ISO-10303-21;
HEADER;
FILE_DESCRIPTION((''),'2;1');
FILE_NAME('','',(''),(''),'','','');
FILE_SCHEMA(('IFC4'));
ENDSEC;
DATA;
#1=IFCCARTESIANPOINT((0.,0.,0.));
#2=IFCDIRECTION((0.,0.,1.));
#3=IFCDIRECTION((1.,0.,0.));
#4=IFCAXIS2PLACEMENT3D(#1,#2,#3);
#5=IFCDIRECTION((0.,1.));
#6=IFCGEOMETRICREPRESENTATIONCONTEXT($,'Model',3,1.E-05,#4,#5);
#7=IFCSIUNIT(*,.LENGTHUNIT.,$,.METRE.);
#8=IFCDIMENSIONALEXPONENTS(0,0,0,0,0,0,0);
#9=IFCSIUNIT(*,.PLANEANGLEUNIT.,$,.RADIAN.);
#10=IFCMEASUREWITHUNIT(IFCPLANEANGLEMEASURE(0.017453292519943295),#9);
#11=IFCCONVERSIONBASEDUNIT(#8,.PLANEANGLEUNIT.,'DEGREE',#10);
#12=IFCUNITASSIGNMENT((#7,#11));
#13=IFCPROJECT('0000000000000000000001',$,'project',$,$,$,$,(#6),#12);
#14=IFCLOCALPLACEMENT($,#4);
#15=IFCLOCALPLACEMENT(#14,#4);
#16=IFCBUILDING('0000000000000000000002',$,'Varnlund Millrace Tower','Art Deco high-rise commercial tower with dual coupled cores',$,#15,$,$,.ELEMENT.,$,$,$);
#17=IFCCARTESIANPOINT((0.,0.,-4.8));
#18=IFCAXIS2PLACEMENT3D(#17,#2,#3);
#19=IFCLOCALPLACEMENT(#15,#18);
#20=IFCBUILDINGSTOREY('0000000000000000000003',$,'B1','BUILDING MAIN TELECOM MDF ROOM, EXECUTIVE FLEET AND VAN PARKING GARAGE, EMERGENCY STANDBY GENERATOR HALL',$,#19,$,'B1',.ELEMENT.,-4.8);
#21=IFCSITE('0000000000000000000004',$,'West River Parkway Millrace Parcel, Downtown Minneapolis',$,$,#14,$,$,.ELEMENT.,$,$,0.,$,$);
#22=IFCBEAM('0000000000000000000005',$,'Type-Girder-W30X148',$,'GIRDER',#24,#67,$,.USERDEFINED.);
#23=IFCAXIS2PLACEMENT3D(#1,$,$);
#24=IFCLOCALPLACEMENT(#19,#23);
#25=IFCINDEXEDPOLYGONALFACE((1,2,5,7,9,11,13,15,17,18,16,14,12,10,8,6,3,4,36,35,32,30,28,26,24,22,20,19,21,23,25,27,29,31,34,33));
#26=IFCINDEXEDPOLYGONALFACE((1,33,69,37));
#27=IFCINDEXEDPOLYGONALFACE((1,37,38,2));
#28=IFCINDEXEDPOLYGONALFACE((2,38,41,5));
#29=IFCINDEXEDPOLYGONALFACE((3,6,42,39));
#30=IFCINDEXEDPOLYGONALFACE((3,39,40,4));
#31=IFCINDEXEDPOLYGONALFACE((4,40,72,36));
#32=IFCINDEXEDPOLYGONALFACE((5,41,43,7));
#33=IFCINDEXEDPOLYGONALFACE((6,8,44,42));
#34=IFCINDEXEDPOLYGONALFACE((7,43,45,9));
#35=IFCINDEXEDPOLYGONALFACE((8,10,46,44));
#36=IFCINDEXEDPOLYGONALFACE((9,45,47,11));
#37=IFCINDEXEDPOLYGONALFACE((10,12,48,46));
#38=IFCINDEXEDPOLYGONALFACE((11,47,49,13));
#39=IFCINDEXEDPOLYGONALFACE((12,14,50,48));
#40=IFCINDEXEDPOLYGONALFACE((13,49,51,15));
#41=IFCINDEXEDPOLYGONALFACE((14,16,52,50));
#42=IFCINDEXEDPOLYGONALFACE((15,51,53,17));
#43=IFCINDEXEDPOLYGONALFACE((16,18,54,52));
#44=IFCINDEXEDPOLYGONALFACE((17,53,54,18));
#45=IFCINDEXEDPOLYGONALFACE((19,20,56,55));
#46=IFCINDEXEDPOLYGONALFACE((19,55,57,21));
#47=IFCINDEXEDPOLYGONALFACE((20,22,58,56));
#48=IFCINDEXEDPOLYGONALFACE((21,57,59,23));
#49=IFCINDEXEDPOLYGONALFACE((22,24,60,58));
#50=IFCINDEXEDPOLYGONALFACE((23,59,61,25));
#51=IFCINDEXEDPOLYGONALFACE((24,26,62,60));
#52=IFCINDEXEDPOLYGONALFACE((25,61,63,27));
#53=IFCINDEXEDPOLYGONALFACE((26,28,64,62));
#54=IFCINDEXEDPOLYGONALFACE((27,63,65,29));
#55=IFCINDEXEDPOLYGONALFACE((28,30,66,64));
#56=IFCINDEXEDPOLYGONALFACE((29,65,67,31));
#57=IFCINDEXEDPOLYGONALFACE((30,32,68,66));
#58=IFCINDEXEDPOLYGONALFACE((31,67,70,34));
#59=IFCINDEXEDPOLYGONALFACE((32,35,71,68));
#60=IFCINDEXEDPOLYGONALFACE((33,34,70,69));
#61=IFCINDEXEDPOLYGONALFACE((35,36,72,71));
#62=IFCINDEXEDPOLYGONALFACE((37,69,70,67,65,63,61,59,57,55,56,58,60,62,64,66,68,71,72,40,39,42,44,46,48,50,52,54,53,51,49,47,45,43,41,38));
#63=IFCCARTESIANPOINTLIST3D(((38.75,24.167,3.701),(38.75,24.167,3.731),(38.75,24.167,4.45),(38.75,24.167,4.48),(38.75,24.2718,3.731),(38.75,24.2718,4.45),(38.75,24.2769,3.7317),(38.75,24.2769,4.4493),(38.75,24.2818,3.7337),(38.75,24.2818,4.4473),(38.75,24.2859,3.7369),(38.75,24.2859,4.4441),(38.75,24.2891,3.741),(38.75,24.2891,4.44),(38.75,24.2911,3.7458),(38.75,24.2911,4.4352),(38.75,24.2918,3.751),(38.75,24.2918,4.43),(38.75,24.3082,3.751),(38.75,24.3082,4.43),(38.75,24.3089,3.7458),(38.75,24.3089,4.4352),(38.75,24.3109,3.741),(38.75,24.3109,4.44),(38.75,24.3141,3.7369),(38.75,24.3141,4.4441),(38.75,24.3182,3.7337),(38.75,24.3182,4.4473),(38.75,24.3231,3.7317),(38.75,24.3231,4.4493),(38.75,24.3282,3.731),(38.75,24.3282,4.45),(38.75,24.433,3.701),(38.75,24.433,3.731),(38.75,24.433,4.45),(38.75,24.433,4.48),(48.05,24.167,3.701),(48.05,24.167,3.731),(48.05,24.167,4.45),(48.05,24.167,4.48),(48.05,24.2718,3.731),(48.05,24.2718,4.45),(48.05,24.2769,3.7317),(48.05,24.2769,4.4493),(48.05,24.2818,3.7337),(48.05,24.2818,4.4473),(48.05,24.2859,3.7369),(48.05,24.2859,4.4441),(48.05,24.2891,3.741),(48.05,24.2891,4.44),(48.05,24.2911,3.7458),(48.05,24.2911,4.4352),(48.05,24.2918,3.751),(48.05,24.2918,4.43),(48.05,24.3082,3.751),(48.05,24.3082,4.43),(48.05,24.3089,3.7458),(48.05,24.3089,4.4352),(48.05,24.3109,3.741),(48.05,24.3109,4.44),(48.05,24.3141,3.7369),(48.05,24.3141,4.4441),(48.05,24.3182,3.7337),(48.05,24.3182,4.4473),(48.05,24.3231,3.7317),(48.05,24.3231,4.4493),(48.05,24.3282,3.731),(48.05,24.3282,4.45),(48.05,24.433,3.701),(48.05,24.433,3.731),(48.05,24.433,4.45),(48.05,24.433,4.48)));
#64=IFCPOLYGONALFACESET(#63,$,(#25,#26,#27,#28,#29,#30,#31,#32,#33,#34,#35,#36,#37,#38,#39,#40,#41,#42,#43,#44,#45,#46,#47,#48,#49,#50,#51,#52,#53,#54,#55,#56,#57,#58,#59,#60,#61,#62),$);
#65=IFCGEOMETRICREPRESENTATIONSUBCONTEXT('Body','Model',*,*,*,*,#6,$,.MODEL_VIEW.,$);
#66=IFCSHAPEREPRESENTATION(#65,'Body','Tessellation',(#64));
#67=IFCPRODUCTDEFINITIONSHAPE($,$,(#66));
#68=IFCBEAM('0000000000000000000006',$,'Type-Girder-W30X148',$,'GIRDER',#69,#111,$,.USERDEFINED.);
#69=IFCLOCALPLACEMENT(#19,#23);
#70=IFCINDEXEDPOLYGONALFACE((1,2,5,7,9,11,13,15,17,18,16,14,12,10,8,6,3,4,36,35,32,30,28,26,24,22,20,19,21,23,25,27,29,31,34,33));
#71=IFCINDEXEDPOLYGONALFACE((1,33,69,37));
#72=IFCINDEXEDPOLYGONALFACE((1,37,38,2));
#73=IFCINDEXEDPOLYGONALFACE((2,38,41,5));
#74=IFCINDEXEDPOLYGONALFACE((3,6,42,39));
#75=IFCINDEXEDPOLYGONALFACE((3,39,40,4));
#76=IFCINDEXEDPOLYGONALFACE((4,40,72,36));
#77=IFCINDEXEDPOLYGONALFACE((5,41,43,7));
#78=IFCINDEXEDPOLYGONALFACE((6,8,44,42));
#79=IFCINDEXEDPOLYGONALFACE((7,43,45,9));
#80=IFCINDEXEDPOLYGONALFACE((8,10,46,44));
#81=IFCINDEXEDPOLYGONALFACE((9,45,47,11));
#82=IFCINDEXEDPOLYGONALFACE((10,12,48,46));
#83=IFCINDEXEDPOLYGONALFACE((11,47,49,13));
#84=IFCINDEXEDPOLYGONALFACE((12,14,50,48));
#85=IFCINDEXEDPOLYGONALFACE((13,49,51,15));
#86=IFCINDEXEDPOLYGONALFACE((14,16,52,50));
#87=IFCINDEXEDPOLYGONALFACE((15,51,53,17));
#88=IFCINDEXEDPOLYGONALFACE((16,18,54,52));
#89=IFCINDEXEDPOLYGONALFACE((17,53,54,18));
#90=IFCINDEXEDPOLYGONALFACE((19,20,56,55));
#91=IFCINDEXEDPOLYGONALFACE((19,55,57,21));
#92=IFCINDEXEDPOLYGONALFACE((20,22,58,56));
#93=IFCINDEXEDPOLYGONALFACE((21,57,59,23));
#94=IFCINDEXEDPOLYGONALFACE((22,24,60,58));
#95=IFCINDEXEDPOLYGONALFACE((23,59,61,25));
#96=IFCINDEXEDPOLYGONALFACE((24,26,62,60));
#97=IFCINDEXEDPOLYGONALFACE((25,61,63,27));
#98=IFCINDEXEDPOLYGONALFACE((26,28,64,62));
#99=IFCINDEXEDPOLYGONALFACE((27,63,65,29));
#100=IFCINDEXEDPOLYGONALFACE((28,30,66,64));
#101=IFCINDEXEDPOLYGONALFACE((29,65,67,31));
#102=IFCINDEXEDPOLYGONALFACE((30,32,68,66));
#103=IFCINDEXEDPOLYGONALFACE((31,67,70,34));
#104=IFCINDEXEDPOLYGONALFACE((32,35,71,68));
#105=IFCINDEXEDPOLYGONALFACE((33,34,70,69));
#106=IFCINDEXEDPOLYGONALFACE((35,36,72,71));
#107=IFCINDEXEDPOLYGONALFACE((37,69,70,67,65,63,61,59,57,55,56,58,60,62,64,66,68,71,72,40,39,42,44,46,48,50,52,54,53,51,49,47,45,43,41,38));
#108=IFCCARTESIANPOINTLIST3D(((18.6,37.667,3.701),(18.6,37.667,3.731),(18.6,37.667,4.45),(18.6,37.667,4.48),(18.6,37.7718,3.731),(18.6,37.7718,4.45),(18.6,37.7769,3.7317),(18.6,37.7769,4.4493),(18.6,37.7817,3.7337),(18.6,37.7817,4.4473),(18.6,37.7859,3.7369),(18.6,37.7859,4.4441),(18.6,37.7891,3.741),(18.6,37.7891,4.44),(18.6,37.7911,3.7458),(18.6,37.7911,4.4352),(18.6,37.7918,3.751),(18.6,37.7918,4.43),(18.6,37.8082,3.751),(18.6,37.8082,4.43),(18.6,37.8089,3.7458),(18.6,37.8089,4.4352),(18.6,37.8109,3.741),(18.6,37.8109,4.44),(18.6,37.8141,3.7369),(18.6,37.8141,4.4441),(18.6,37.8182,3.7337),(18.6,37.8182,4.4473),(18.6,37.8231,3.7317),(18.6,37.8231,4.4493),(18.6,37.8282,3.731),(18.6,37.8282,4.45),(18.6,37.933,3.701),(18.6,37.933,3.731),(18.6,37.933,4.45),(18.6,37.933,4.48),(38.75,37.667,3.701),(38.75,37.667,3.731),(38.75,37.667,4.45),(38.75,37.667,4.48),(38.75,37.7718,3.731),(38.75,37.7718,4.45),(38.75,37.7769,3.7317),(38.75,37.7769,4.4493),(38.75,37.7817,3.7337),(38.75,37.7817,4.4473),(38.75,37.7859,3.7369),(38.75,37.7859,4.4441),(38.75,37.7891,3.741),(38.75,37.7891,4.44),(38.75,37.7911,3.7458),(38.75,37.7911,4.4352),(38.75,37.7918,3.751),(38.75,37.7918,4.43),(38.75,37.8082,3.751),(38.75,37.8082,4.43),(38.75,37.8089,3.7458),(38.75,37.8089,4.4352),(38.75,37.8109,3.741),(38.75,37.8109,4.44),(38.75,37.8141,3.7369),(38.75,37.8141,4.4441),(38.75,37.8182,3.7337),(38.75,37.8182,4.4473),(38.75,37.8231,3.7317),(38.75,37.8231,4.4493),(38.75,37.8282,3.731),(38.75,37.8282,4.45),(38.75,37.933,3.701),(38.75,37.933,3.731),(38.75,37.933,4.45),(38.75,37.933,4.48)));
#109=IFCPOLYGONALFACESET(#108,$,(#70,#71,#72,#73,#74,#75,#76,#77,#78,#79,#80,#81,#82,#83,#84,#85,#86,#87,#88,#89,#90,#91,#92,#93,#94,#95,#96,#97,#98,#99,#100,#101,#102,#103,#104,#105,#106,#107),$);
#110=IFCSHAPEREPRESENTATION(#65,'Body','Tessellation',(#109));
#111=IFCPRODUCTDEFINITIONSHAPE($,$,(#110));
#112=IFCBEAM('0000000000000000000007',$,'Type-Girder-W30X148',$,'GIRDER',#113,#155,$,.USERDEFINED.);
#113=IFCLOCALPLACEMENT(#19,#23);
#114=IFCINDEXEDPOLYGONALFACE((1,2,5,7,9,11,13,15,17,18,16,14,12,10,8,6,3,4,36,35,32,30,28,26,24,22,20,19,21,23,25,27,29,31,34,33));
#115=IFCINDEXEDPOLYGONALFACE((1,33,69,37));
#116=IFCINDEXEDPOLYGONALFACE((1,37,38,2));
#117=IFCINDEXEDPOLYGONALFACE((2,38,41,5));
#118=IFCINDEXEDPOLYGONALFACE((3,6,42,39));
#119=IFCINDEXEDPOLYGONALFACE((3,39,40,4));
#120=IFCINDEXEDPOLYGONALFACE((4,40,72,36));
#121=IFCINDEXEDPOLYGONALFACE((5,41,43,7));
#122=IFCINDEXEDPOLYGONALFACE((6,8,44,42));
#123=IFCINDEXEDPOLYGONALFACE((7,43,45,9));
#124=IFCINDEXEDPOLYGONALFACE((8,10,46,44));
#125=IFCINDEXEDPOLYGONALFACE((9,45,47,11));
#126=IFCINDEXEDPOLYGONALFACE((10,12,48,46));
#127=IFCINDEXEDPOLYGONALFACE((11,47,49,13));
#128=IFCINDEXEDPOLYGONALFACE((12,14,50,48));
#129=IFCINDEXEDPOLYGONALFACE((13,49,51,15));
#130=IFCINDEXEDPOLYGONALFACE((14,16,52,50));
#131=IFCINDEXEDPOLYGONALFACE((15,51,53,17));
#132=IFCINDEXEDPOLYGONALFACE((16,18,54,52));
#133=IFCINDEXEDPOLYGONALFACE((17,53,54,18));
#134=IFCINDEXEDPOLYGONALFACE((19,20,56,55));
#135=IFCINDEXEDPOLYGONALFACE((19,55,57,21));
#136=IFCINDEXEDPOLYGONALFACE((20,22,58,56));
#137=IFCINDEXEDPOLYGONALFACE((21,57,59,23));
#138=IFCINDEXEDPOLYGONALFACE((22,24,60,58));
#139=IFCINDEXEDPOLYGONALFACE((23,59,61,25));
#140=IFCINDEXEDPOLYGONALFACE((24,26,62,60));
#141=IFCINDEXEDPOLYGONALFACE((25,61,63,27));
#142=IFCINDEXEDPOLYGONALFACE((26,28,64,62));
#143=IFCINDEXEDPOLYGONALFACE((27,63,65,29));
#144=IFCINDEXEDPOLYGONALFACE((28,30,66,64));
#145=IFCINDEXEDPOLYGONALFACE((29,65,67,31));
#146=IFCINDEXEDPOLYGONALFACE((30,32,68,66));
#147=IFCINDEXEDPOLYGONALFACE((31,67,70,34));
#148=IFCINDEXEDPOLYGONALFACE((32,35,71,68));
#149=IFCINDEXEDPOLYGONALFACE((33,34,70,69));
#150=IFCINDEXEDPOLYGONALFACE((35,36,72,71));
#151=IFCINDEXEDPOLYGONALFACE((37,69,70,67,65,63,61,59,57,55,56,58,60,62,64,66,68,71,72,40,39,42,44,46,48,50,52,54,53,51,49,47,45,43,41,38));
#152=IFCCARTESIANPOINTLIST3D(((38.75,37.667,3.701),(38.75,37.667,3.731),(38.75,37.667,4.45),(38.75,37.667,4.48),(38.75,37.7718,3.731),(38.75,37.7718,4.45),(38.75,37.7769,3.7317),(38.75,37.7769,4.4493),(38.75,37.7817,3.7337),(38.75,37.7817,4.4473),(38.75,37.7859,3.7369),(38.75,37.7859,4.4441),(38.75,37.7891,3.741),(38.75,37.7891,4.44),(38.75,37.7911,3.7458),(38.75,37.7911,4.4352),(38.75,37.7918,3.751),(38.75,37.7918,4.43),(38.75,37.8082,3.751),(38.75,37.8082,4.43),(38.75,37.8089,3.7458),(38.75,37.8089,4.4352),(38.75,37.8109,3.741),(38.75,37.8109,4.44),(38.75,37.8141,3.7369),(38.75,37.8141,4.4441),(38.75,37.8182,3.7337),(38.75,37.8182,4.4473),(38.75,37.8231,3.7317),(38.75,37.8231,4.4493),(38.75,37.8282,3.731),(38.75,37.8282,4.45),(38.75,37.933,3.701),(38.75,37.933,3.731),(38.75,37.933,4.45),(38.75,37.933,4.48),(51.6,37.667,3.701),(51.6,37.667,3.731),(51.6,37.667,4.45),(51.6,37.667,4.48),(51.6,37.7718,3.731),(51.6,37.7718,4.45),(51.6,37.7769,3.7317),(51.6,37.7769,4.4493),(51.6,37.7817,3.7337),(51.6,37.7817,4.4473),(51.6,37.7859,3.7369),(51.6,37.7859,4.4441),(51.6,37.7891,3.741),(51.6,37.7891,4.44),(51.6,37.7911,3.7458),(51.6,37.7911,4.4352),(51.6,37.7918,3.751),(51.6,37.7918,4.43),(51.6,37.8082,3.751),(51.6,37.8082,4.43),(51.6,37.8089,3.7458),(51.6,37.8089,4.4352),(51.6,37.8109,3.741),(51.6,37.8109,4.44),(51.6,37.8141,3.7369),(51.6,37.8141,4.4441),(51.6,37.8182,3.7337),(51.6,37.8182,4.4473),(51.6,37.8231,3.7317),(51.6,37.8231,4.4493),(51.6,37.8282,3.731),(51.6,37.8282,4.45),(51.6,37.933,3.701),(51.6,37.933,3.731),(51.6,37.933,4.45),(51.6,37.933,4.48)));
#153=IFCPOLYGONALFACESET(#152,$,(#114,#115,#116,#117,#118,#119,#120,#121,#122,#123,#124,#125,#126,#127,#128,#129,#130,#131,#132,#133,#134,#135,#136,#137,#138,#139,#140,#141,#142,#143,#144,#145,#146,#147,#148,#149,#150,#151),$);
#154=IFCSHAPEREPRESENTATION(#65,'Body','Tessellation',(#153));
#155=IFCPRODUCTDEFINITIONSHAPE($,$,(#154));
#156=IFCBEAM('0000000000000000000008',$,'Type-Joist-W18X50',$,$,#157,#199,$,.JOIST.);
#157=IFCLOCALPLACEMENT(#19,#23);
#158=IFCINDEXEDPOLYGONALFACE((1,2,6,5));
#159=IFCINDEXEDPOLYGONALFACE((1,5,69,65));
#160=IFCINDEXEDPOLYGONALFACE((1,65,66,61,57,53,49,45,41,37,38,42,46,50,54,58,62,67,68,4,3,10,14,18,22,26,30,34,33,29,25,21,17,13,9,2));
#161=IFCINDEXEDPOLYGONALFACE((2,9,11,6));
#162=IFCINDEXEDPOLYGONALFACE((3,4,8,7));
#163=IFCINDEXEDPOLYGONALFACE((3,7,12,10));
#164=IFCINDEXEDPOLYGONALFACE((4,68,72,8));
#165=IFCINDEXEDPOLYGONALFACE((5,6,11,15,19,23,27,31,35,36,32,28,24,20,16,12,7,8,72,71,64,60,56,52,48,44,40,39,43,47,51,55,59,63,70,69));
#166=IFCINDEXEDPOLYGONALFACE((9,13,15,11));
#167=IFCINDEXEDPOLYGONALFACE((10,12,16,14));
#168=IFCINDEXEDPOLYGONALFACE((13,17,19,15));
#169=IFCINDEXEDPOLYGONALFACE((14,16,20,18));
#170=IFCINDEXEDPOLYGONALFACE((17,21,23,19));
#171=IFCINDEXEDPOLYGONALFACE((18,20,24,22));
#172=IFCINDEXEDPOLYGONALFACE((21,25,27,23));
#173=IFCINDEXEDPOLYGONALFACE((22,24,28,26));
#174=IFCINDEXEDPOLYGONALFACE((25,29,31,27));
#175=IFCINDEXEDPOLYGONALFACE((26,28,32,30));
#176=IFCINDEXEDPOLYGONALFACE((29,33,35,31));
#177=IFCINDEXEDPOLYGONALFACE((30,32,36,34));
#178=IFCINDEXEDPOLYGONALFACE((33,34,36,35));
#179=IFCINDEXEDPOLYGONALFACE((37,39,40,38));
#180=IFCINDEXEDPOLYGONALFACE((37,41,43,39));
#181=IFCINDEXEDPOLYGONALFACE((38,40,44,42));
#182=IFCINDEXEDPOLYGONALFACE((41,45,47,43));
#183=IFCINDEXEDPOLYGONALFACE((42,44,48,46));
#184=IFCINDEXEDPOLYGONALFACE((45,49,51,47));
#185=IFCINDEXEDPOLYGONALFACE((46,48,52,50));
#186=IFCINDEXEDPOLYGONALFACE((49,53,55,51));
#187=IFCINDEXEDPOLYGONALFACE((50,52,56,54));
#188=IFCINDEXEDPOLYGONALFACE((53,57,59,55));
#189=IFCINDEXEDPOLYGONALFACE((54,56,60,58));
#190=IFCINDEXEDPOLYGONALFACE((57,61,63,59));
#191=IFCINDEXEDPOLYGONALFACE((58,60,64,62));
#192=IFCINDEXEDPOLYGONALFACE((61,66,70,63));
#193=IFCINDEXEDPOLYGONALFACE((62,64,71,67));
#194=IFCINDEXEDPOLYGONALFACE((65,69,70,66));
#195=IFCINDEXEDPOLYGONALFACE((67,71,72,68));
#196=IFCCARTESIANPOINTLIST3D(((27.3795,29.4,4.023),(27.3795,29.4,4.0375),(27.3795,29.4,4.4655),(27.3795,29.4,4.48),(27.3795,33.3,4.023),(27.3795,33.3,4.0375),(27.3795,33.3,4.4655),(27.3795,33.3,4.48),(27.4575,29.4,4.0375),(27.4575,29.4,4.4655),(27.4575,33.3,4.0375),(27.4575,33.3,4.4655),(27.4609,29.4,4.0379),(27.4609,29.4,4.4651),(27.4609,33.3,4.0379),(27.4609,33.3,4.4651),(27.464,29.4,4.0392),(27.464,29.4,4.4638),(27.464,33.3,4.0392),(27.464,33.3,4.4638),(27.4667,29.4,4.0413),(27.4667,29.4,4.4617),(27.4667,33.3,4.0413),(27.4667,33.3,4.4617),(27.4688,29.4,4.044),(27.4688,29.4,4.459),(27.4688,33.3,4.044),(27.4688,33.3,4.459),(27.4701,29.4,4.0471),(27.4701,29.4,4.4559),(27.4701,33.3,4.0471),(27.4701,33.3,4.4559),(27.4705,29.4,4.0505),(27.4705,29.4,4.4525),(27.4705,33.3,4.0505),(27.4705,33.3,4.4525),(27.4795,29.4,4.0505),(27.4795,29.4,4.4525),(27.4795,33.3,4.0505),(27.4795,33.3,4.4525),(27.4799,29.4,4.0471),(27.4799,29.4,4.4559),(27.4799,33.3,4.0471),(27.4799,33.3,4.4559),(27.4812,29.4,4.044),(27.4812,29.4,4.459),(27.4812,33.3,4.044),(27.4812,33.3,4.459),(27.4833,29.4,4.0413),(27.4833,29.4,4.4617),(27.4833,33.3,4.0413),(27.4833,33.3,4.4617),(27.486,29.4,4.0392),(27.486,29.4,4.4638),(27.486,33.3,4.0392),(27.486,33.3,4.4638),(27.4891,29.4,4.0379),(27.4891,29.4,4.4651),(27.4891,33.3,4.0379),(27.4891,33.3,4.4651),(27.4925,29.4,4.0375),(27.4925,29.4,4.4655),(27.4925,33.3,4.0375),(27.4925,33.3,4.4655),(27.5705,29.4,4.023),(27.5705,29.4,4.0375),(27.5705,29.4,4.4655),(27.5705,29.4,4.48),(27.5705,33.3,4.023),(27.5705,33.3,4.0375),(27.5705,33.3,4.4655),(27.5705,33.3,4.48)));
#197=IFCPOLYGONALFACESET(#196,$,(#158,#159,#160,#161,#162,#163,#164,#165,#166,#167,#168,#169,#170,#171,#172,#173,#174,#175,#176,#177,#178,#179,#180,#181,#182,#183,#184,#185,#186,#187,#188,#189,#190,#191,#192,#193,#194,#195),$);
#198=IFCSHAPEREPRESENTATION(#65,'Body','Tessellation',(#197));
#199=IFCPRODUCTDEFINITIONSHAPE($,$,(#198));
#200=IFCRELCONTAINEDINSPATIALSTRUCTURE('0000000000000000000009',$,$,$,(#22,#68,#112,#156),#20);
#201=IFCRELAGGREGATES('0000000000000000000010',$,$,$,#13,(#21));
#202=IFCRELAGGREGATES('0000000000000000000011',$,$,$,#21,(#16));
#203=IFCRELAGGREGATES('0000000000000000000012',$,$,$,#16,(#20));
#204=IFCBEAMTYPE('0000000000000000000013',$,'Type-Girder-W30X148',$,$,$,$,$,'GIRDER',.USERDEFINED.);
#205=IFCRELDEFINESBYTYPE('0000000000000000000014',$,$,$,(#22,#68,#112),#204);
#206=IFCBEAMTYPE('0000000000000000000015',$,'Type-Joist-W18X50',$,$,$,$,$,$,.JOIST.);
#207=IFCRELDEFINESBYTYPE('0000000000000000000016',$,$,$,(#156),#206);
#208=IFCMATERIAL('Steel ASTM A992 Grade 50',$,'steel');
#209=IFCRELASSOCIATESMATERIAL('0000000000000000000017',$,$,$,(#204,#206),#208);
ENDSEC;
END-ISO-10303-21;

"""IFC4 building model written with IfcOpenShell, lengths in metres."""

from ifc_helpers import new_model, entity, si_unit, converted_unit, direction, frame, origin_with_axes, origin_2d_with_axis, place, context, subcontext, project, spatial, i_section, extrude, material, material_profile, profile_set, type_object, element, save


model = new_model("IFC4")

# Units and contexts
model_context = context("Model", 3, precision=1e-05, world=origin_with_axes(), true_north=direction((0.0, 1.0)))
body_context = subcontext(model_context, "Body", "Model", "MODEL_VIEW")
ifc_project = project(units=[si_unit("LENGTHUNIT", "METRE"), converted_unit("PLANEANGLEUNIT", "DEGREE", entity("IfcPlaneAngleMeasure", 0.017453292519943295), si_unit("PLANEANGLEUNIT", "RADIAN"), dimensions=[0, 0, 0, 0, 0, 0, 0])], contexts=[model_context])

# Site, building, storey
site_placement = place(None, origin_with_axes())
site = spatial("IfcSite", under=ifc_project, at=site_placement, Name="West River Parkway Millrace Parcel, Downtown Minneapolis", CompositionType="ELEMENT", RefElevation=0.0)
building_placement = place(site_placement, origin_with_axes())
building = spatial("IfcBuilding", under=site, at=building_placement, Name="Varnlund Millrace Tower", Description="Art Deco high-rise commercial tower with dual coupled cores", CompositionType="ELEMENT")
storey_placement = place(building_placement, frame((0.0, 0.0, -4.8), z_axis=(0.0, 0.0, 1.0), x_axis=(1.0, 0.0, 0.0)))
storey = spatial("IfcBuildingStorey", under=building, at=storey_placement, Name="B1", Description="BUILDING MAIN TELECOM MDF ROOM, EXECUTIVE FLEET AND VAN PARKING GARAGE, EMERGENCY STANDBY GENERATOR HALL", LongName="B1", CompositionType="ELEMENT", Elevation=-4.8)

# Beams
ifc_material_1 = material(Name="Steel ASTM A992 Grade 50", Category="steel")
ifc_material_profile_1 = material_profile(ifc_material_1, i_section(OverallWidth=0.266, OverallDepth=0.779, WebThickness=0.0165, FlangeThickness=0.03, FilletRadius=0.02, at=origin_2d_with_axis()), Name="Steel ASTM A992 Grade 50")
ifc_profile_set_1 = profile_set([ifc_material_profile_1], Name="Steel ASTM A992 Grade 50")
beam_type_1 = type_object("IfcBeamType", Name="Type-Girder-W30X148", ElementType="GIRDER", PredefinedType="USERDEFINED", material=ifc_profile_set_1)
beam_1_placement = place(storey_placement, frame((38.75, 24.3, 4.0905), z_axis=(1.0, 0.0, 0.0), x_axis=(0.0, 1.0, 0.0)))
element("IfcBeam", 1, at=beam_1_placement, inside=storey, type_object=beam_type_1, Name="Type-Girder-W30X148", ObjectType="GIRDER", PredefinedType="USERDEFINED", context=body_context, shape_type="SweptSolid", body=[
    extrude(i_section(OverallWidth=0.266, OverallDepth=0.779, WebThickness=0.0165, FlangeThickness=0.03, FilletRadius=0.02, at=origin_2d_with_axis()), origin_with_axes(), (0.0, 0.0, 1.0), 9.3),
])
beam_2_placement = place(storey_placement, frame((18.6, 37.8, 4.0905), z_axis=(1.0, 0.0, 0.0), x_axis=(0.0, 1.0, 0.0)))
element("IfcBeam", 2, at=beam_2_placement, inside=storey, type_object=beam_type_1, Name="Type-Girder-W30X148", ObjectType="GIRDER", PredefinedType="USERDEFINED", context=body_context, shape_type="SweptSolid", body=[
    extrude(i_section(OverallWidth=0.266, OverallDepth=0.779, WebThickness=0.0165, FlangeThickness=0.03, FilletRadius=0.02, at=origin_2d_with_axis()), origin_with_axes(), (0.0, 0.0, 1.0), 20.15),
])
beam_3_placement = place(storey_placement, frame((38.75, 37.8, 4.0905), z_axis=(1.0, 0.0, 0.0), x_axis=(0.0, 1.0, 0.0)))
element("IfcBeam", 3, at=beam_3_placement, inside=storey, type_object=beam_type_1, Name="Type-Girder-W30X148", ObjectType="GIRDER", PredefinedType="USERDEFINED", context=body_context, shape_type="SweptSolid", body=[
    extrude(i_section(OverallWidth=0.266, OverallDepth=0.779, WebThickness=0.0165, FlangeThickness=0.03, FilletRadius=0.02, at=origin_2d_with_axis()), origin_with_axes(), (0.0, 0.0, 1.0), 12.85),
])
ifc_material_profile_2 = material_profile(ifc_material_1, i_section(OverallWidth=0.191, OverallDepth=0.457, WebThickness=0.009, FlangeThickness=0.0145, FilletRadius=0.013, at=origin_2d_with_axis()), Name="Steel ASTM A992 Grade 50")
ifc_profile_set_2 = profile_set([ifc_material_profile_2], Name="Steel ASTM A992 Grade 50")
beam_type_2 = type_object("IfcBeamType", Name="Type-Joist-W18X50", PredefinedType="JOIST", material=ifc_profile_set_2)
for number, where, z_axis, x_axis, name in (
    (4, (27.475, 29.4, 4.2515), (0.0, 1.0, 0.0), (-1.0, 0.0, 0.0), "Type-Joist-W18X50"),
):
    element("IfcBeam", number, at=place(storey_placement, frame(where, z_axis=z_axis, x_axis=x_axis)), inside=storey, type_object=beam_type_2, Name=name, PredefinedType="JOIST", context=body_context, shape_type="SweptSolid", body=[
        extrude(i_section(OverallWidth=0.191, OverallDepth=0.457, WebThickness=0.009, FlangeThickness=0.0145, FilletRadius=0.013, at=origin_2d_with_axis()), origin_with_axes(), (0.0, 0.0, 1.0), 3.9),
    ])

save(model, "model.ifc")
